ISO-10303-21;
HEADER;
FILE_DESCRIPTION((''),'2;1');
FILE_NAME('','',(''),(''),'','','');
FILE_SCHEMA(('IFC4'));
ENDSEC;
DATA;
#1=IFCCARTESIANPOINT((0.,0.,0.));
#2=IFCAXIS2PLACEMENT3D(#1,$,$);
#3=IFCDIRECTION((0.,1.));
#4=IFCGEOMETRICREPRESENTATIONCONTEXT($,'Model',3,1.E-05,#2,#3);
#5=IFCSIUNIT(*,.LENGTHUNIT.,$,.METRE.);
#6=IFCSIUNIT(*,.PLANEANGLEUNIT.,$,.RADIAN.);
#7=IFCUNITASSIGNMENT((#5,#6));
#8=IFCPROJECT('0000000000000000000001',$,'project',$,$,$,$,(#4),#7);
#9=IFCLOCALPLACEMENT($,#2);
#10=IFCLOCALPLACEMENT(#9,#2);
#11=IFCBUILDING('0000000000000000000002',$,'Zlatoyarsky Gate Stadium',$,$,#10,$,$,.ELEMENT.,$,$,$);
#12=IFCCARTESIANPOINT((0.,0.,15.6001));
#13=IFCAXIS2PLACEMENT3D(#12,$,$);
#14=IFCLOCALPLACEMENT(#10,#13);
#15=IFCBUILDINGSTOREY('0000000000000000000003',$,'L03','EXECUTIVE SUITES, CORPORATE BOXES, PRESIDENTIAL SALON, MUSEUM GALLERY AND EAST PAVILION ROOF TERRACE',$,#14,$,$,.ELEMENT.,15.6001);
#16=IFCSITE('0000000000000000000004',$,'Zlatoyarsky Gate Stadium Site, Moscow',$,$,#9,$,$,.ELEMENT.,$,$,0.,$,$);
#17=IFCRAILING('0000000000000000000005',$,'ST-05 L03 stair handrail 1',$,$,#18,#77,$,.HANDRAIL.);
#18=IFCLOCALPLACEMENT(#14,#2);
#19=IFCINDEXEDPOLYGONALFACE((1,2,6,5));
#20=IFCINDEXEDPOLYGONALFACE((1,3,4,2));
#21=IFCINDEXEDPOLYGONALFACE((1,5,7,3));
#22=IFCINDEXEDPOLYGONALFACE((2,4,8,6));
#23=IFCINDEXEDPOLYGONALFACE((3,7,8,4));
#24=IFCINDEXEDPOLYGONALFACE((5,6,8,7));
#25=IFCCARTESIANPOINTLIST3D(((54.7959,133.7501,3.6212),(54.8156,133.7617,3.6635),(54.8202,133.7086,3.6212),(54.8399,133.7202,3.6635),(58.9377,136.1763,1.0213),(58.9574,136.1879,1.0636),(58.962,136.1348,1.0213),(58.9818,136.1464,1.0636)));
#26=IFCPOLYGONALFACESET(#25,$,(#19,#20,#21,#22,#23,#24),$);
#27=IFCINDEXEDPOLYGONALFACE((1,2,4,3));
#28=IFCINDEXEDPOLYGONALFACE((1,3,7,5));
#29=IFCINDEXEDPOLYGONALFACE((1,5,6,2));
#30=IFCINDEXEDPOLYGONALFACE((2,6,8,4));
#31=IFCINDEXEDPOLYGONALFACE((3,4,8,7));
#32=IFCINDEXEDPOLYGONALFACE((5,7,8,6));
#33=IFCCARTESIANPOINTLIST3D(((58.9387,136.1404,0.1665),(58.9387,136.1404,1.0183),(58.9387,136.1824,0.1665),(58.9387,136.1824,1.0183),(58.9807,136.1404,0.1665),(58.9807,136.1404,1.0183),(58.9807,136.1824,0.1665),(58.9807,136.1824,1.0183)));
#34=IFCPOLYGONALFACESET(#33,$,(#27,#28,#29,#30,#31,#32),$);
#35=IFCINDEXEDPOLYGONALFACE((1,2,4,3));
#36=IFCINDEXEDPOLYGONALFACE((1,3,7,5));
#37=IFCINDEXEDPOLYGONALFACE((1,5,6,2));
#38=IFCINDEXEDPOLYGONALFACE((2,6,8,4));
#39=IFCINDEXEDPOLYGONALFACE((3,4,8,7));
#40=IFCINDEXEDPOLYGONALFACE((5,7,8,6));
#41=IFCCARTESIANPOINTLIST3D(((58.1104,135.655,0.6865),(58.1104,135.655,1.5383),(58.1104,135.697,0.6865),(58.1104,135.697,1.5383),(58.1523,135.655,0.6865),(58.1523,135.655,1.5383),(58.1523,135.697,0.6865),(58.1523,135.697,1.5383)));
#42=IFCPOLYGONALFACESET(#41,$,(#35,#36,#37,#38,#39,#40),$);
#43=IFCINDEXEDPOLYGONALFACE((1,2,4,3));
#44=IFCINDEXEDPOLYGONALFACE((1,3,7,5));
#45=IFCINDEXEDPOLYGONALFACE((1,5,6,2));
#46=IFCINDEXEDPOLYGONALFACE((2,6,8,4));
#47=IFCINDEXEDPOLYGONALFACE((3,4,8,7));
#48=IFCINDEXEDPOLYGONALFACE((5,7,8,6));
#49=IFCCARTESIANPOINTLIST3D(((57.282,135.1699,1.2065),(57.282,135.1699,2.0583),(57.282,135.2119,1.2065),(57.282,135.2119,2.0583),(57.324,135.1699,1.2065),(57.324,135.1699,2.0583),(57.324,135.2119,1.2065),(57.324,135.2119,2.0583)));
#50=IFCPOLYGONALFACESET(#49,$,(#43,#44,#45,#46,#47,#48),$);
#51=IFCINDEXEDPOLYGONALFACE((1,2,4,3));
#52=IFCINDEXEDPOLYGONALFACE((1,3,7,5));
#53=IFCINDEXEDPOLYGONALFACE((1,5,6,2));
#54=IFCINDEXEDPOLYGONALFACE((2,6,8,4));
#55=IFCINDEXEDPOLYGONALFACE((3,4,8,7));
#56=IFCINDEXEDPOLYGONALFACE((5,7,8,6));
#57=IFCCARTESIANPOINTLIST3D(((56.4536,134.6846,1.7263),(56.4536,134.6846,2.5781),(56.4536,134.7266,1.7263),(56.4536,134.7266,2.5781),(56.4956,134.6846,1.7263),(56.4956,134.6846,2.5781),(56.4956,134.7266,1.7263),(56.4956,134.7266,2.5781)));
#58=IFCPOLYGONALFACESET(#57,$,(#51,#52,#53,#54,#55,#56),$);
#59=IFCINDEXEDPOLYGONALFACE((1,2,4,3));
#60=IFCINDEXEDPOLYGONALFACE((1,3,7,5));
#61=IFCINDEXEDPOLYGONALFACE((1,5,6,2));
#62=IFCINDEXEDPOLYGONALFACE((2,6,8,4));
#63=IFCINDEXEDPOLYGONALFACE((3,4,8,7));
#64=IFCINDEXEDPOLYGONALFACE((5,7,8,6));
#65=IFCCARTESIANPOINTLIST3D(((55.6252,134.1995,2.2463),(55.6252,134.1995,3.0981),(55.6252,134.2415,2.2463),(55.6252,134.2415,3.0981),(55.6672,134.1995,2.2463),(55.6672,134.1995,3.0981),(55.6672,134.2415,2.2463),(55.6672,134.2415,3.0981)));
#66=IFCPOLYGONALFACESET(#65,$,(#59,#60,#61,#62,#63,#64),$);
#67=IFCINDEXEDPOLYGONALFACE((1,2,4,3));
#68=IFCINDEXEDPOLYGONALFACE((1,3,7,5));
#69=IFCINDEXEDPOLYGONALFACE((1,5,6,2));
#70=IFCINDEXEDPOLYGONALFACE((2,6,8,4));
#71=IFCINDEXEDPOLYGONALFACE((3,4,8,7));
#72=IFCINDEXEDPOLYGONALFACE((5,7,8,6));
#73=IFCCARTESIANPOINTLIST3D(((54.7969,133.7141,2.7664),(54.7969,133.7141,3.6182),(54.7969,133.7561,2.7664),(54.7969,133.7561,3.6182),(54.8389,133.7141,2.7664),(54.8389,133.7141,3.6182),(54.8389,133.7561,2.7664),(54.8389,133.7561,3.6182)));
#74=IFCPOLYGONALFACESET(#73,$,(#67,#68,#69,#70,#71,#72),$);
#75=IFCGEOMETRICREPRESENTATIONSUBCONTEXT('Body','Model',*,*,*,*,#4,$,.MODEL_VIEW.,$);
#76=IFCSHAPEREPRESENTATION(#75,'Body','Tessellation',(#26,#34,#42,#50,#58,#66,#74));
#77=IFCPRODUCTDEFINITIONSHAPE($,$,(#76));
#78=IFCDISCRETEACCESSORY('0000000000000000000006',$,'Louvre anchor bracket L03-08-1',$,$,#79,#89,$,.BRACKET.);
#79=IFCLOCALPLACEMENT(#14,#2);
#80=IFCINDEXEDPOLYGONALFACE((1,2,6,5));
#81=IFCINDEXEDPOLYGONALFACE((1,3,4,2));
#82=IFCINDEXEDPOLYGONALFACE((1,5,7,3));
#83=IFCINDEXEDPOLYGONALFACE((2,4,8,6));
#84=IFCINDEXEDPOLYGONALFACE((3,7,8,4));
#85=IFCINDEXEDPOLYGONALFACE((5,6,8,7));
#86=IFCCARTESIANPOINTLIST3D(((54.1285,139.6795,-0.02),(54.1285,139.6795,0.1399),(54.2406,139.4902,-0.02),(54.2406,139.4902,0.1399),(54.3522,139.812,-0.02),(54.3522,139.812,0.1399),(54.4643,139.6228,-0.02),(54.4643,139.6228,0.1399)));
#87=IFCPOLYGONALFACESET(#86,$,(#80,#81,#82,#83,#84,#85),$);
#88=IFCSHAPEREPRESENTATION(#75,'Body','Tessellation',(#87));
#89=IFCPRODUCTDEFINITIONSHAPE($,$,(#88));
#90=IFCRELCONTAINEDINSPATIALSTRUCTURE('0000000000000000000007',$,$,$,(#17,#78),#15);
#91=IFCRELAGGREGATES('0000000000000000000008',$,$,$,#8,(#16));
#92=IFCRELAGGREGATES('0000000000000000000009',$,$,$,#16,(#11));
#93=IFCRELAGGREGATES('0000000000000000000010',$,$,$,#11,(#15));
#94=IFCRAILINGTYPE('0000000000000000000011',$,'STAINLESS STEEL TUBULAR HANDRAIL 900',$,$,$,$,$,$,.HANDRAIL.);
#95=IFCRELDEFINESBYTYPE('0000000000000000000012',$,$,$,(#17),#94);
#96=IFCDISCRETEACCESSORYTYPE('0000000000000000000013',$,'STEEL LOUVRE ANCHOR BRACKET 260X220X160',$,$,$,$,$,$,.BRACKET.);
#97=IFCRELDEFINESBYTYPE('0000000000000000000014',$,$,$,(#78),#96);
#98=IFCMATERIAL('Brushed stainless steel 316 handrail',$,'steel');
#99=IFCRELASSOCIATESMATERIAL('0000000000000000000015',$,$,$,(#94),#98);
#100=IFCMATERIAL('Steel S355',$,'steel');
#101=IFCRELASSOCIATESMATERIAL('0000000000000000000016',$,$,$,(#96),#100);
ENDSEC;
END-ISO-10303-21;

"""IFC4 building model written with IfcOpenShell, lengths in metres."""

from ifc_helpers import new_model, si_unit, direction, frame, origin, origin_2d, place, context, subcontext, project, spatial, rectangle, extrude, material, type_object, element, save


model = new_model("IFC4")

# Units and contexts
model_context = context("Model", 3, precision=1e-05, world=origin(), true_north=direction((0.0, 1.0)))
body_context = subcontext(model_context, "Body", "Model", "MODEL_VIEW")
ifc_project = project(units=[si_unit("LENGTHUNIT", "METRE"), si_unit("PLANEANGLEUNIT", "RADIAN")], contexts=[model_context])

# Site, building, storey
site_placement = place(None, origin())
site = spatial("IfcSite", under=ifc_project, at=site_placement, Name="Zlatoyarsky Gate Stadium Site, Moscow", CompositionType="ELEMENT", RefElevation=0.0)
building_placement = place(site_placement, origin())
building = spatial("IfcBuilding", under=site, at=building_placement, Name="Zlatoyarsky Gate Stadium", CompositionType="ELEMENT")
storey_placement = place(building_placement, frame((0.0, 0.0, 15.6001)))
storey = spatial("IfcBuildingStorey", under=building, at=storey_placement, Name="L03", Description="EXECUTIVE SUITES, CORPORATE BOXES, PRESIDENTIAL SALON, MUSEUM GALLERY AND EAST PAVILION ROOF TERRACE", CompositionType="ELEMENT", Elevation=15.6001)

# Shared definitions
ifc_material_1 = material(Name="Steel S355", Category="steel")

# Railing
ifc_material_2 = material(Name="Brushed stainless steel 316 handrail", Category="steel")
railing_type = type_object("IfcRailingType", Name="STAINLESS STEEL TUBULAR HANDRAIL 900", PredefinedType="HANDRAIL", material=ifc_material_2)
railing_placement = place(storey_placement, frame((58.9597, 136.1614, 0.1665)))
element("IfcRailing", 1, at=railing_placement, inside=storey, type_object=railing_type, Name="ST-05 L03 stair handrail 1", PredefinedType="HANDRAIL", context=body_context, shape_type="SweptSolid", body=[
    extrude(rectangle(XDim=0.0481, YDim=0.0481, at=origin_2d()), frame((0.0, 0.0, 0.876), z_axis=(-0.758716, -0.444451, 0.476249), x_axis=(0.505455, -0.862853, 0.0)), (0.0, 0.0, 1.0), 5.459),
    extrude(rectangle(XDim=0.042, YDim=0.042, at=origin_2d()), origin(), (0.0, 0.0, 1.0), 0.8518),
    extrude(rectangle(XDim=0.042, YDim=0.042, at=origin_2d()), frame((-0.8284, -0.4854, 0.52)), (0.0, 0.0, 1.0), 0.8518),
    extrude(rectangle(XDim=0.042, YDim=0.042, at=origin_2d()), frame((-1.6567, -0.9705, 1.04)), (0.0, 0.0, 1.0), 0.8518),
    extrude(rectangle(XDim=0.042, YDim=0.042, at=origin_2d()), frame((-2.4851, -1.4558, 1.5598)), (0.0, 0.0, 1.0), 0.8518),
    extrude(rectangle(XDim=0.042, YDim=0.042, at=origin_2d()), frame((-3.3135, -1.9409, 2.0798)), (0.0, 0.0, 1.0), 0.8518),
    extrude(rectangle(XDim=0.042, YDim=0.042, at=origin_2d()), frame((-4.1418, -2.4263, 2.5999)), (0.0, 0.0, 1.0), 0.8518),
])

# Discrete accessory
discrete_accessory_type = type_object("IfcDiscreteAccessoryType", Name="STEEL LOUVRE ANCHOR BRACKET 260X220X160", PredefinedType="BRACKET", material=ifc_material_1)
discrete_accessory_placement = place(storey_placement, frame((54.2964, 139.6511, -0.02), z_axis=(0.0, 0.0, 1.0), x_axis=(-0.860285, -0.509814, 0.0)))
element("IfcDiscreteAccessory", 2, at=discrete_accessory_placement, inside=storey, type_object=discrete_accessory_type, Name="Louvre anchor bracket L03-08-1", PredefinedType="BRACKET", context=body_context, shape_type="SweptSolid", body=[
    extrude(rectangle(XDim=0.26, YDim=0.22, at=origin_2d()), origin(), (0.0, 0.0, 1.0), 0.1599),
])

save(model, "model.ifc")
